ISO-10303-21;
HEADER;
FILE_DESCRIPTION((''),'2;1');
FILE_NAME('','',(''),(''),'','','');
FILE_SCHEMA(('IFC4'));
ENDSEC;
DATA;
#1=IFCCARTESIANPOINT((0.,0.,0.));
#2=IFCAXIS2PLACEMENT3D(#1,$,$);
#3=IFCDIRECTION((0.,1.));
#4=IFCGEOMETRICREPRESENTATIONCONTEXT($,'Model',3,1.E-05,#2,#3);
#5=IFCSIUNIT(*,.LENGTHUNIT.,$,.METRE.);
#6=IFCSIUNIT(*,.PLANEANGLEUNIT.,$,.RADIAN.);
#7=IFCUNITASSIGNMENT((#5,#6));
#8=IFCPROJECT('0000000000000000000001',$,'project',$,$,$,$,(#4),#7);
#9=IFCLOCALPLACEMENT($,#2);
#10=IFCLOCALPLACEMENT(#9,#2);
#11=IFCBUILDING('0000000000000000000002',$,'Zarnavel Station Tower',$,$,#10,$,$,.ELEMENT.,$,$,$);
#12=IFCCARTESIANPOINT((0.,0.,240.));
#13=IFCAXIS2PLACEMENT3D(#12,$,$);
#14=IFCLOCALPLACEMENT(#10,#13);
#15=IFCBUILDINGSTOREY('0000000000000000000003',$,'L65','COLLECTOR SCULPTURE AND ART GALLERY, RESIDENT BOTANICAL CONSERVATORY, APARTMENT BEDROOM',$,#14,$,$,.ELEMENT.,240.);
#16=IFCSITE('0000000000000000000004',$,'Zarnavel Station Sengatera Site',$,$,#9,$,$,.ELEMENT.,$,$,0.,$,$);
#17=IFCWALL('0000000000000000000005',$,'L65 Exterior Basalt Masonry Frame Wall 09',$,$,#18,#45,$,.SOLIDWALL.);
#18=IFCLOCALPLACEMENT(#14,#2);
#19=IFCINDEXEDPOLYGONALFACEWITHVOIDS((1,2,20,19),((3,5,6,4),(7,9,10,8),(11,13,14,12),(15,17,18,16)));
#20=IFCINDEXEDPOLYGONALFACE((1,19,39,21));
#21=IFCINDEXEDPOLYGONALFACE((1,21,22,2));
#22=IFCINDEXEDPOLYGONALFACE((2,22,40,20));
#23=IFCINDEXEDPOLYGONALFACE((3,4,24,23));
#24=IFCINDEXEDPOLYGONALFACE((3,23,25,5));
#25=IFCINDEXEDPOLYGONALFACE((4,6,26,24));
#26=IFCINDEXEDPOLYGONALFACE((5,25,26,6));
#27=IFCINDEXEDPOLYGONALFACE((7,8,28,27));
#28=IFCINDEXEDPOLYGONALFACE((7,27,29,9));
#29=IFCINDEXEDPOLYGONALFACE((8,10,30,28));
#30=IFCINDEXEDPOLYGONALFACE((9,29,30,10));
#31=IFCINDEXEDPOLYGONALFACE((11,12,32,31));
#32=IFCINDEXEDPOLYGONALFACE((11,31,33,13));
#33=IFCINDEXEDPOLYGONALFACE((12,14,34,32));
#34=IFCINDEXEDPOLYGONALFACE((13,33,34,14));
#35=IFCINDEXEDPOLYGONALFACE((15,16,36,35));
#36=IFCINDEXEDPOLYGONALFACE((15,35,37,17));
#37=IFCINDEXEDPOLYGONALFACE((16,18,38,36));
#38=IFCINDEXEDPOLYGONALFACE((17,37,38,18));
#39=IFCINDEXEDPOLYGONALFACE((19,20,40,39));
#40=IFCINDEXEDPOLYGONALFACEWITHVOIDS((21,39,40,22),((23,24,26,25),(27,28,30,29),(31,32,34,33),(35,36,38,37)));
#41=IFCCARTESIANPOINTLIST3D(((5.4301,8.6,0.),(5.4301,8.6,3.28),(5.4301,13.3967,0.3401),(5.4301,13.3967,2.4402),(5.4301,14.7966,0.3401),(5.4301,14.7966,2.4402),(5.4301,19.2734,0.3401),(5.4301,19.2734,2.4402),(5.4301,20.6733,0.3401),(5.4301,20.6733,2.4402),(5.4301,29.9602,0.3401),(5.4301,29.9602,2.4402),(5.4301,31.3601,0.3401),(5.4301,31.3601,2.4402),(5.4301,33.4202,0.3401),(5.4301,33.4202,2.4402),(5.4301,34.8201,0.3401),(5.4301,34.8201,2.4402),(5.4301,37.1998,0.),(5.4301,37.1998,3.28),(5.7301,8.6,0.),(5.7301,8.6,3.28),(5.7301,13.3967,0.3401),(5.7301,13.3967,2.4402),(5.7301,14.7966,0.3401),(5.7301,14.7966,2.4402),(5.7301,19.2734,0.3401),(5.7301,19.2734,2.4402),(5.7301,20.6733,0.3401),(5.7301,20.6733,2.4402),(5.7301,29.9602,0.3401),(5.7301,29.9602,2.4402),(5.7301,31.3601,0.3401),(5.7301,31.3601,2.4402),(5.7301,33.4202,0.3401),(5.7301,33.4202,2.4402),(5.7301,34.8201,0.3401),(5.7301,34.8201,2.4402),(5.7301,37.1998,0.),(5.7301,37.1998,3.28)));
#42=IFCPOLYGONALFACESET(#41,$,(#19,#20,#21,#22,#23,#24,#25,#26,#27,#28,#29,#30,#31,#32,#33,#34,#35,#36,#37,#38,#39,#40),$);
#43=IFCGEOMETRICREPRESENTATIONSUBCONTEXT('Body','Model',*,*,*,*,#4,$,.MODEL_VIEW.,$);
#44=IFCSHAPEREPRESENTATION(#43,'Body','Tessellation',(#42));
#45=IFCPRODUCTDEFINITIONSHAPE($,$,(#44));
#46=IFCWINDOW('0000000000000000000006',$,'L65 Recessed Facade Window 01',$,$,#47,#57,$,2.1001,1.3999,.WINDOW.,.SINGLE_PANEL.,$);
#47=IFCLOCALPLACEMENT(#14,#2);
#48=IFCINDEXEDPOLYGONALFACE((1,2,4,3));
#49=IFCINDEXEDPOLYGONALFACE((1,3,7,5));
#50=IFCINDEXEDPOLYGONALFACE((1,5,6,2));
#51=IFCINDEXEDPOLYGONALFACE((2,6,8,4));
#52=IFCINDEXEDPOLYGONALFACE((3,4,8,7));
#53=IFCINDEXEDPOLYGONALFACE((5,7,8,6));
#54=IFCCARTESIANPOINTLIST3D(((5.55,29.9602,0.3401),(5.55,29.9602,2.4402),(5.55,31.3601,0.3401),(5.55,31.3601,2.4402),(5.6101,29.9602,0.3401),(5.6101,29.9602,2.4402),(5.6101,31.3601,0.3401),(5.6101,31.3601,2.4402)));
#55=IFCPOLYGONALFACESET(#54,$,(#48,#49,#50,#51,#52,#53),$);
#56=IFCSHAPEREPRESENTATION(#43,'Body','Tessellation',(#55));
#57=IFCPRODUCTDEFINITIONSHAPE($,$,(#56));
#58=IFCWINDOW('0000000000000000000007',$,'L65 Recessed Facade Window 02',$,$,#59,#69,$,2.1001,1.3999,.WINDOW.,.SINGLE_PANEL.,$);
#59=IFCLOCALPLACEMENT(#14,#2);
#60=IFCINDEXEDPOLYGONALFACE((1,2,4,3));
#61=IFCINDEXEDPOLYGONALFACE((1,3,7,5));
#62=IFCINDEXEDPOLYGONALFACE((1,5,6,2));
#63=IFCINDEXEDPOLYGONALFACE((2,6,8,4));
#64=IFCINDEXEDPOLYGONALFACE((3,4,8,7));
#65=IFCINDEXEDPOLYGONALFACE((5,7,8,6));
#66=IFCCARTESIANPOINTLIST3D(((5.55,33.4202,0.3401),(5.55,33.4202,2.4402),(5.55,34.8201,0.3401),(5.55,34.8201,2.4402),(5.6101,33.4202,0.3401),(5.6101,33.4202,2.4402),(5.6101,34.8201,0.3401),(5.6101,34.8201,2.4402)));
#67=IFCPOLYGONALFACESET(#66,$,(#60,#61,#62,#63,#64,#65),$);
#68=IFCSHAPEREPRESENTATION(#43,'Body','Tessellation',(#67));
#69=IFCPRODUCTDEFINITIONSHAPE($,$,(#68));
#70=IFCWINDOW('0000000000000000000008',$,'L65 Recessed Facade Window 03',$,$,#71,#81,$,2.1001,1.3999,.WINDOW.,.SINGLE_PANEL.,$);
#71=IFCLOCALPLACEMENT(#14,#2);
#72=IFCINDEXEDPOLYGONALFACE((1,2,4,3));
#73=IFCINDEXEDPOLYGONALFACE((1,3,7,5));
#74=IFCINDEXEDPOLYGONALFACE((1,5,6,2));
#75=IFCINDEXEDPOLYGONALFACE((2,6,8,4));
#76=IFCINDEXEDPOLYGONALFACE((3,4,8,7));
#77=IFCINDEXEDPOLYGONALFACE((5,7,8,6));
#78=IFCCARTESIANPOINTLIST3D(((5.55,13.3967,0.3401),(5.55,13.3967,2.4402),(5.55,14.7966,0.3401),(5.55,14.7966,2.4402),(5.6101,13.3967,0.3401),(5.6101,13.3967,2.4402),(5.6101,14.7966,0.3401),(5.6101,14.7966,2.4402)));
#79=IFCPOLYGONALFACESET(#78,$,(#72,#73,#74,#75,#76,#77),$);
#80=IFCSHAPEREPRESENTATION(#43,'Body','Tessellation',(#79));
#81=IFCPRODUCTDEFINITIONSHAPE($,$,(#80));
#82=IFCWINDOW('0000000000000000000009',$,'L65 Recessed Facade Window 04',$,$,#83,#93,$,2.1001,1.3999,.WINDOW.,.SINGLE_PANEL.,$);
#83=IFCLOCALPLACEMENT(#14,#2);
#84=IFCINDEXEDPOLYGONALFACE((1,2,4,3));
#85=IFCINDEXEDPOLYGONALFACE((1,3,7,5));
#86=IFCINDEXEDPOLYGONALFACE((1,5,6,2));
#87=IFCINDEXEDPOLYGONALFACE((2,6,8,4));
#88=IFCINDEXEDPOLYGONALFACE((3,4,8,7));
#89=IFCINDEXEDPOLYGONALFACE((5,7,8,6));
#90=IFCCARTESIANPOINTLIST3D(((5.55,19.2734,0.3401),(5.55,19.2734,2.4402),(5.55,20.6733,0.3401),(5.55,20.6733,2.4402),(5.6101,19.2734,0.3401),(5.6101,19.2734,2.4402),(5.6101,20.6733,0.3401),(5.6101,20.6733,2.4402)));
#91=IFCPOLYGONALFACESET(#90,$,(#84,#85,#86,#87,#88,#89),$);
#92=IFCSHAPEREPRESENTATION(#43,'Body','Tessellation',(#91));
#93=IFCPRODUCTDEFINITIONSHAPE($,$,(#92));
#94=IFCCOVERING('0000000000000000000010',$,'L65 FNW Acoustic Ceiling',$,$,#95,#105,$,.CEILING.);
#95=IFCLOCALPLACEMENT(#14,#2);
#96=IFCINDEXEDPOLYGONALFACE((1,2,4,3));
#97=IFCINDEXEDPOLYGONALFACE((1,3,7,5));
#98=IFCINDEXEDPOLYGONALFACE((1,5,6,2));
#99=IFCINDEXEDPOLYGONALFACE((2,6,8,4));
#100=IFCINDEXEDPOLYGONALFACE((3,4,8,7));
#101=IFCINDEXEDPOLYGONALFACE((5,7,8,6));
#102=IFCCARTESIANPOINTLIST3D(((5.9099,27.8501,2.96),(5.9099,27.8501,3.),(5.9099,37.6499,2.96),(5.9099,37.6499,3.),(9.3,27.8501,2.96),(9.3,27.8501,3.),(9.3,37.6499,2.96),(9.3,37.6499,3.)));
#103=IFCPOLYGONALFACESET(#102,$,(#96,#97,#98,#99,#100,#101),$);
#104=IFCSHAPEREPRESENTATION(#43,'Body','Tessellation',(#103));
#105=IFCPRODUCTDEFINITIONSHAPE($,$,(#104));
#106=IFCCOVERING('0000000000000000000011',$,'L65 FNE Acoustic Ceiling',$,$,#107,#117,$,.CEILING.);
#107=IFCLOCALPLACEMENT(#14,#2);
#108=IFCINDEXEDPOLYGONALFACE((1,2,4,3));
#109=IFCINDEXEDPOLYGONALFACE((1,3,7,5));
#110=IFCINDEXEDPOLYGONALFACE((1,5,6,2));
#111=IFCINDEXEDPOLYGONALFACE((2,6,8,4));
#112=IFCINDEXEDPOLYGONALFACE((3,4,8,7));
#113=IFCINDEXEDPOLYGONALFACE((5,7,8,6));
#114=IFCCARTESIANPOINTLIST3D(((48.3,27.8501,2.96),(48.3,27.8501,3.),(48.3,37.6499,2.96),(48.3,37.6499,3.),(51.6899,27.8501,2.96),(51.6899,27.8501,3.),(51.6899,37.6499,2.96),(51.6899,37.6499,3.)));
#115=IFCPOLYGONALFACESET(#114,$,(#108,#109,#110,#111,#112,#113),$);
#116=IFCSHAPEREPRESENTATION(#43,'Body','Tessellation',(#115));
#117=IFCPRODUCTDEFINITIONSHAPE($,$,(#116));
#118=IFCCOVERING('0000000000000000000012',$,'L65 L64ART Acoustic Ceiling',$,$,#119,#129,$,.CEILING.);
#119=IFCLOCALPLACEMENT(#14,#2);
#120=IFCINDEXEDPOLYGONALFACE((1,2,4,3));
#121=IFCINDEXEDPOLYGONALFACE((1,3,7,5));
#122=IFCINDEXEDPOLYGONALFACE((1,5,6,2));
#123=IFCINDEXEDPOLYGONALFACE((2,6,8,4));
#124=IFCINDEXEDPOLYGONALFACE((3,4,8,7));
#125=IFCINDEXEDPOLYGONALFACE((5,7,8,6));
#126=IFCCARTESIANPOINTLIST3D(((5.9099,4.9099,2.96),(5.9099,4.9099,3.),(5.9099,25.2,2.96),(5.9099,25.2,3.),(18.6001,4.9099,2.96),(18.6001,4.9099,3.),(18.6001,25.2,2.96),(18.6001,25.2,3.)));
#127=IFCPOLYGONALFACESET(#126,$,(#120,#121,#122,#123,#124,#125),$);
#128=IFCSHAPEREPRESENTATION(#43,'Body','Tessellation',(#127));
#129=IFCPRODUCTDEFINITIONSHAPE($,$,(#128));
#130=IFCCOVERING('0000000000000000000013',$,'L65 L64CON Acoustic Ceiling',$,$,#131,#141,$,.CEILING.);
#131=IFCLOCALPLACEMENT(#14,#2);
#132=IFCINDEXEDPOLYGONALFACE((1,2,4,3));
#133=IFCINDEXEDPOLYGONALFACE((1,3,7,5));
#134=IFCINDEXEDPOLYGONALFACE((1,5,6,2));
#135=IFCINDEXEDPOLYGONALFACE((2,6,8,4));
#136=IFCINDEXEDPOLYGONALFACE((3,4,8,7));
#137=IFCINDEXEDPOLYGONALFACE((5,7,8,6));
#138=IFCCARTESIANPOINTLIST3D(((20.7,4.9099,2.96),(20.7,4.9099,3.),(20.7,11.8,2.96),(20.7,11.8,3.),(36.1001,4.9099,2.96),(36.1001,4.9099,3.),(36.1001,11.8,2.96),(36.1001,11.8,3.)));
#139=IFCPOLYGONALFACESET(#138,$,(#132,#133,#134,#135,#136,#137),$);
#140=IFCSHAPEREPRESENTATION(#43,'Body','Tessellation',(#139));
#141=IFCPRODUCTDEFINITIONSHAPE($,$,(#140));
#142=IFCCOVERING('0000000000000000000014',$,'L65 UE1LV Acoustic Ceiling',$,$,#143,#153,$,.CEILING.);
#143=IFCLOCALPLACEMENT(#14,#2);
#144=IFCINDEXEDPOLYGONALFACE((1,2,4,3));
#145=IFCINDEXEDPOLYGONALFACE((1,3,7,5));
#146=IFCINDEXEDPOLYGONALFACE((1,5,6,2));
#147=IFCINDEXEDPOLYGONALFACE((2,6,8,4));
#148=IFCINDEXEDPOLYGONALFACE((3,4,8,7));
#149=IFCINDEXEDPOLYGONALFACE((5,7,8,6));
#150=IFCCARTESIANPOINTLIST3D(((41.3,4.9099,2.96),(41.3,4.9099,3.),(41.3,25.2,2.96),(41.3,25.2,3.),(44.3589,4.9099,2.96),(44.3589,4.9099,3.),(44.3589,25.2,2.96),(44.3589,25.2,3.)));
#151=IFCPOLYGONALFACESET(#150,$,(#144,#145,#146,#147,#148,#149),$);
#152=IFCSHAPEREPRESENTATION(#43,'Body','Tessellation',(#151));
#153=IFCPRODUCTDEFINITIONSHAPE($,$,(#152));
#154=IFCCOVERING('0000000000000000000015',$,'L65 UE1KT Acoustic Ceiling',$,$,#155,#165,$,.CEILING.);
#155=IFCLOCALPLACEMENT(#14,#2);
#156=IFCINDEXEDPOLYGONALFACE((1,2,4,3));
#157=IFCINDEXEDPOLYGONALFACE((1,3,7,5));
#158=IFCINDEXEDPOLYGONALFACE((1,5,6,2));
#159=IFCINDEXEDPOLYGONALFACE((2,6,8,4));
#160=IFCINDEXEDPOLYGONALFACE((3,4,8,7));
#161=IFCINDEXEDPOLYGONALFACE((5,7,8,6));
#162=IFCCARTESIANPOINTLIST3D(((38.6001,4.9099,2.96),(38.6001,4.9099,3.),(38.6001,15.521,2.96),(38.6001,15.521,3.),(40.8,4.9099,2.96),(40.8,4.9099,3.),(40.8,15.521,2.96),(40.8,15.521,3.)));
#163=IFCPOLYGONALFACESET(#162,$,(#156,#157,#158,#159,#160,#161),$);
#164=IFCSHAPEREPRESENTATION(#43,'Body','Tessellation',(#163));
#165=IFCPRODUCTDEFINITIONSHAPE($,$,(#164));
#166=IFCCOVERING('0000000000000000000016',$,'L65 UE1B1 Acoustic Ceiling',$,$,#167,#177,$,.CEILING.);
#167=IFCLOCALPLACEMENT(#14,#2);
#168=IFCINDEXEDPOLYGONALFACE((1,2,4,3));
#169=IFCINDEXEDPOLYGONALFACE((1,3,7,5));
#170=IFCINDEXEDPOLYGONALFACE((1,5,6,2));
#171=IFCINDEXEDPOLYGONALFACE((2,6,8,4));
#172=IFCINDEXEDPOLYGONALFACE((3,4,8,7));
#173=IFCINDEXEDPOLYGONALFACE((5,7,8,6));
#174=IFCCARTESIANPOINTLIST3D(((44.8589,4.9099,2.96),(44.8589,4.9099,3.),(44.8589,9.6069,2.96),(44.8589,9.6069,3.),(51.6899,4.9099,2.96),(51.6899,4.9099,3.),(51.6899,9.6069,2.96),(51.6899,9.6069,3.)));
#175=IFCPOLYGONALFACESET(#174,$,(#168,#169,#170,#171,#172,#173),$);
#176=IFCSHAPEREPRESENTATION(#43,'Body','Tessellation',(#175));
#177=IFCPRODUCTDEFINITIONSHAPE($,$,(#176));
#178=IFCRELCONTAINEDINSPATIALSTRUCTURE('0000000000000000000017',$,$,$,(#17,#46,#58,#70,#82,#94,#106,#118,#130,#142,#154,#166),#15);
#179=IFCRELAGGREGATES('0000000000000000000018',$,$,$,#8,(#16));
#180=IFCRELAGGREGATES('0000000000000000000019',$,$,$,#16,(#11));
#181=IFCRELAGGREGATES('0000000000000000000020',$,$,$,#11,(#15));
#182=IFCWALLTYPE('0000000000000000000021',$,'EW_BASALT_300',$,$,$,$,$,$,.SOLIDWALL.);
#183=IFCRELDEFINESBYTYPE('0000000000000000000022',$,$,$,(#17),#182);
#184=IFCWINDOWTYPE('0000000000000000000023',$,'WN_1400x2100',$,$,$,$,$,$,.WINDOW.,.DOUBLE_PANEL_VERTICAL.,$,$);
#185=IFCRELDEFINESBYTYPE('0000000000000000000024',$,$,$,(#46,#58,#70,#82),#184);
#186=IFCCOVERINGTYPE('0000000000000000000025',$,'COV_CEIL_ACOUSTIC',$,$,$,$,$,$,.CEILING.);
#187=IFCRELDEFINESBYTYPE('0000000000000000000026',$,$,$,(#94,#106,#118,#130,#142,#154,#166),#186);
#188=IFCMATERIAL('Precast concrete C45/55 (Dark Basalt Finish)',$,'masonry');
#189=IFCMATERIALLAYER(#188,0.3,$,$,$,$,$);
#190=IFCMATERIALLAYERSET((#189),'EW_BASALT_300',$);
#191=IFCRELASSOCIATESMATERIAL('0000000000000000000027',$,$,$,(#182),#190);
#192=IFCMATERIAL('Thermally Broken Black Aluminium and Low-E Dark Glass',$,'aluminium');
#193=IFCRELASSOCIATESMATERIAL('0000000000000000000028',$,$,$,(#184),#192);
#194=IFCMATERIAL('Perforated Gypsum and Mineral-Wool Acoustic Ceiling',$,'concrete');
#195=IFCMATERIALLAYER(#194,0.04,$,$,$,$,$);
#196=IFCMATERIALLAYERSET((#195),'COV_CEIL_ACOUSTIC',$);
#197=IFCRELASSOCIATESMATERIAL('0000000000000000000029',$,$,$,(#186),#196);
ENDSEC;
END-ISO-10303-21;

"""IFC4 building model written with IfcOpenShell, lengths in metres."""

from ifc_helpers import new_model, si_unit, direction, frame, frame_2d, origin, place, context, subcontext, project, spatial, polyline, rectangle, outline, extrude, material, layer, layer_set, type_object, element, fill, save


model = new_model("IFC4")

# Units and contexts
model_context = context("Model", 3, precision=1e-05, world=origin(), true_north=direction((0.0, 1.0)))
body_context = subcontext(model_context, "Body", "Model", "MODEL_VIEW")
ifc_project = project(units=[si_unit("LENGTHUNIT", "METRE"), si_unit("PLANEANGLEUNIT", "RADIAN")], contexts=[model_context])

# Site, building, storey
site_placement = place(None, origin())
site = spatial("IfcSite", under=ifc_project, at=site_placement, Name="Zarnavel Station Sengatera Site", CompositionType="ELEMENT", RefElevation=0.0)
building_placement = place(site_placement, origin())
building = spatial("IfcBuilding", under=site, at=building_placement, Name="Zarnavel Station Tower", CompositionType="ELEMENT")
storey_placement = place(building_placement, frame((0.0, 0.0, 240.0)))
storey = spatial("IfcBuildingStorey", under=building, at=storey_placement, Name="L65", Description="COLLECTOR SCULPTURE AND ART GALLERY, RESIDENT BOTANICAL CONSERVATORY, APARTMENT BEDROOM", CompositionType="ELEMENT", Elevation=240.0)

# Wall, openings, windows
ifc_material_1 = material(Name="Precast concrete C45/55 (Dark Basalt Finish)", Category="masonry")
ifc_layer_1 = layer(ifc_material_1, 0.3)
ifc_layer_set_1 = layer_set([ifc_layer_1], Name="EW_BASALT_300")
wall_type = type_object("IfcWallType", Name="EW_BASALT_300", PredefinedType="SOLIDWALL", material=ifc_layer_set_1)
wall_placement = place(storey_placement, frame((5.5801, 8.6001, 0.0), z_axis=(0.0, 0.0, 1.0), x_axis=(0.0, 1.0, 0.0)))
wall = element("IfcWall", 1, at=wall_placement, inside=storey, type_object=wall_type, Name="L65 Exterior Basalt Masonry Frame Wall 09", PredefinedType="SOLIDWALL", context=body_context, shape_type="SweptSolid", body=[
    extrude(rectangle(XDim=28.5999, YDim=0.3, at=frame_2d((14.2998, 0.0))), origin(), (0.0, 0.0, 1.0), 3.28),
])
opening_1_placement = place(wall_placement, frame((21.3601, 0.0, 0.3401)))
opening_1 = element("IfcOpeningElement", 2, at=opening_1_placement, cuts=wall, PredefinedType="OPENING", context=body_context, shape_type="SweptSolid", body=[
    extrude(rectangle(XDim=1.3999, YDim=2.1001, at=frame_2d((0.7, 1.05))), frame((0.0, 0.1599, 0.0), z_axis=(0.0, -1.0, 0.0), x_axis=(1.0, 0.0, 0.0)), (0.0, 0.0, 1.0), 0.3201),
])
opening_2_placement = place(wall_placement, frame((24.8201, 0.0, 0.3401)))
opening_2 = element("IfcOpeningElement", 3, at=opening_2_placement, cuts=wall, PredefinedType="OPENING", context=body_context, shape_type="SweptSolid", body=[
    extrude(rectangle(XDim=1.3999, YDim=2.1001, at=frame_2d((0.7, 1.05))), frame((0.0, 0.1599, 0.0), z_axis=(0.0, -1.0, 0.0), x_axis=(1.0, 0.0, 0.0)), (0.0, 0.0, 1.0), 0.3201),
])
opening_3_placement = place(wall_placement, frame((4.7966, 0.0, 0.3401)))
opening_3 = element("IfcOpeningElement", 4, at=opening_3_placement, cuts=wall, PredefinedType="OPENING", context=body_context, shape_type="SweptSolid", body=[
    extrude(rectangle(XDim=1.3999, YDim=2.1001, at=frame_2d((0.7, 1.05))), frame((0.0, 0.1599, 0.0), z_axis=(0.0, -1.0, 0.0), x_axis=(1.0, 0.0, 0.0)), (0.0, 0.0, 1.0), 0.3201),
])
opening_4_placement = place(wall_placement, frame((10.6733, 0.0, 0.3401)))
opening_4 = element("IfcOpeningElement", 5, at=opening_4_placement, cuts=wall, PredefinedType="OPENING", context=body_context, shape_type="SweptSolid", body=[
    extrude(rectangle(XDim=1.3999, YDim=2.1001, at=frame_2d((0.7, 1.05))), frame((0.0, 0.1599, 0.0), z_axis=(0.0, -1.0, 0.0), x_axis=(1.0, 0.0, 0.0)), (0.0, 0.0, 1.0), 0.3201),
])
ifc_material_2 = material(Name="Thermally Broken Black Aluminium and Low-E Dark Glass", Category="aluminium")
window_type = type_object("IfcWindowType", Name="WN_1400x2100", PartitioningType="DOUBLE_PANEL_VERTICAL", PredefinedType="WINDOW", material=ifc_material_2)
window_1_placement = place(opening_1_placement, origin())
window_1 = element("IfcWindow", 6, at=window_1_placement, inside=storey, type_object=window_type, Name="L65 Recessed Facade Window 01", OverallHeight=2.1001, OverallWidth=1.3999, PartitioningType="SINGLE_PANEL", PredefinedType="WINDOW", context=body_context, shape_type="SweptSolid", body=[
    extrude(rectangle(XDim=1.3999, YDim=2.1001, at=frame_2d((0.7, 1.05))), frame((0.0, 0.03, 0.0), z_axis=(0.0, -1.0, 0.0), x_axis=(1.0, 0.0, 0.0)), (0.0, 0.0, 1.0), 0.0601),
])
fill(opening_1, window_1)
window_2_placement = place(opening_2_placement, origin())
window_2 = element("IfcWindow", 7, at=window_2_placement, inside=storey, type_object=window_type, Name="L65 Recessed Facade Window 02", OverallHeight=2.1001, OverallWidth=1.3999, PartitioningType="SINGLE_PANEL", PredefinedType="WINDOW", context=body_context, shape_type="SweptSolid", body=[
    extrude(rectangle(XDim=1.3999, YDim=2.1001, at=frame_2d((0.7, 1.05))), frame((0.0, 0.03, 0.0), z_axis=(0.0, -1.0, 0.0), x_axis=(1.0, 0.0, 0.0)), (0.0, 0.0, 1.0), 0.0601),
])
fill(opening_2, window_2)
window_3_placement = place(opening_3_placement, origin())
window_3 = element("IfcWindow", 8, at=window_3_placement, inside=storey, type_object=window_type, Name="L65 Recessed Facade Window 03", OverallHeight=2.1001, OverallWidth=1.3999, PartitioningType="SINGLE_PANEL", PredefinedType="WINDOW", context=body_context, shape_type="SweptSolid", body=[
    extrude(rectangle(XDim=1.3999, YDim=2.1001, at=frame_2d((0.7, 1.05))), frame((0.0, 0.03, 0.0), z_axis=(0.0, -1.0, 0.0), x_axis=(1.0, 0.0, 0.0)), (0.0, 0.0, 1.0), 0.0601),
])
fill(opening_3, window_3)
window_4_placement = place(opening_4_placement, origin())
window_4 = element("IfcWindow", 9, at=window_4_placement, inside=storey, type_object=window_type, Name="L65 Recessed Facade Window 04", OverallHeight=2.1001, OverallWidth=1.3999, PartitioningType="SINGLE_PANEL", PredefinedType="WINDOW", context=body_context, shape_type="SweptSolid", body=[
    extrude(rectangle(XDim=1.3999, YDim=2.1001, at=frame_2d((0.7, 1.05))), frame((0.0, 0.03, 0.0), z_axis=(0.0, -1.0, 0.0), x_axis=(1.0, 0.0, 0.0)), (0.0, 0.0, 1.0), 0.0601),
])
fill(opening_4, window_4)

# Coverings
ifc_material_3 = material(Name="Perforated Gypsum and Mineral-Wool Acoustic Ceiling", Category="concrete")
ifc_layer_2 = layer(ifc_material_3, 0.04)
ifc_layer_set_2 = layer_set([ifc_layer_2], Name="COV_CEIL_ACOUSTIC")
covering_type_1 = type_object("IfcCoveringType", Name="COV_CEIL_ACOUSTIC", PredefinedType="CEILING", material=ifc_layer_set_2)
covering_1_placement = place(storey_placement, frame((0.0, 0.0, 2.96)))
element("IfcCovering", 10, at=covering_1_placement, inside=storey, type_object=covering_type_1, Name="L65 FNW Acoustic Ceiling", PredefinedType="CEILING", context=body_context, shape_type="SweptSolid", body=[
    extrude(outline(polyline([(5.9099, 27.8501), (9.3, 27.8501), (9.3, 37.6499), (5.9099, 37.6499), (5.9099, 27.8501)])), origin(), (0.0, 0.0, 1.0), 0.04),
])
covering_2_placement = place(storey_placement, frame((0.0, 0.0, 2.96)))
element("IfcCovering", 11, at=covering_2_placement, inside=storey, type_object=covering_type_1, Name="L65 FNE Acoustic Ceiling", PredefinedType="CEILING", context=body_context, shape_type="SweptSolid", body=[
    extrude(outline(polyline([(48.3, 27.8501), (51.6899, 27.8501), (51.6899, 37.6499), (48.3, 37.6499), (48.3, 27.8501)])), origin(), (0.0, 0.0, 1.0), 0.04),
])
covering_3_placement = place(storey_placement, frame((0.0, 0.0, 2.96)))
element("IfcCovering", 12, at=covering_3_placement, inside=storey, type_object=covering_type_1, Name="L65 L64ART Acoustic Ceiling", PredefinedType="CEILING", context=body_context, shape_type="SweptSolid", body=[
    extrude(outline(polyline([(5.9099, 4.9099), (18.6001, 4.9099), (18.6001, 25.2), (5.9099, 25.2), (5.9099, 4.9099)])), origin(), (0.0, 0.0, 1.0), 0.04),
])
covering_4_placement = place(storey_placement, frame((0.0, 0.0, 2.96)))
element("IfcCovering", 13, at=covering_4_placement, inside=storey, type_object=covering_type_1, Name="L65 L64CON Acoustic Ceiling", PredefinedType="CEILING", context=body_context, shape_type="SweptSolid", body=[
    extrude(outline(polyline([(20.7, 4.9099), (36.1001, 4.9099), (36.1001, 11.8), (20.7, 11.8), (20.7, 4.9099)])), origin(), (0.0, 0.0, 1.0), 0.04),
])
covering_5_placement = place(storey_placement, frame((0.0, 0.0, 2.96)))
element("IfcCovering", 14, at=covering_5_placement, inside=storey, type_object=covering_type_1, Name="L65 UE1LV Acoustic Ceiling", PredefinedType="CEILING", context=body_context, shape_type="SweptSolid", body=[
    extrude(outline(polyline([(41.3, 4.9099), (44.3589, 4.9099), (44.3589, 25.2), (41.3, 25.2), (41.3, 4.9099)])), origin(), (0.0, 0.0, 1.0), 0.04),
])
covering_6_placement = place(storey_placement, frame((0.0, 0.0, 2.96)))
element("IfcCovering", 15, at=covering_6_placement, inside=storey, type_object=covering_type_1, Name="L65 UE1KT Acoustic Ceiling", PredefinedType="CEILING", context=body_context, shape_type="SweptSolid", body=[
    extrude(outline(polyline([(38.6001, 4.9099), (40.8, 4.9099), (40.8, 15.521), (38.6001, 15.521), (38.6001, 4.9099)])), origin(), (0.0, 0.0, 1.0), 0.04),
])
covering_7_placement = place(storey_placement, frame((0.0, 0.0, 2.96)))
element("IfcCovering", 16, at=covering_7_placement, inside=storey, type_object=covering_type_1, Name="L65 UE1B1 Acoustic Ceiling", PredefinedType="CEILING", context=body_context, shape_type="SweptSolid", body=[
    extrude(outline(polyline([(44.8589, 4.9099), (51.6899, 4.9099), (51.6899, 9.6069), (44.8589, 9.6069), (44.8589, 4.9099)])), origin(), (0.0, 0.0, 1.0), 0.04),
])

save(model, "model.ifc")
